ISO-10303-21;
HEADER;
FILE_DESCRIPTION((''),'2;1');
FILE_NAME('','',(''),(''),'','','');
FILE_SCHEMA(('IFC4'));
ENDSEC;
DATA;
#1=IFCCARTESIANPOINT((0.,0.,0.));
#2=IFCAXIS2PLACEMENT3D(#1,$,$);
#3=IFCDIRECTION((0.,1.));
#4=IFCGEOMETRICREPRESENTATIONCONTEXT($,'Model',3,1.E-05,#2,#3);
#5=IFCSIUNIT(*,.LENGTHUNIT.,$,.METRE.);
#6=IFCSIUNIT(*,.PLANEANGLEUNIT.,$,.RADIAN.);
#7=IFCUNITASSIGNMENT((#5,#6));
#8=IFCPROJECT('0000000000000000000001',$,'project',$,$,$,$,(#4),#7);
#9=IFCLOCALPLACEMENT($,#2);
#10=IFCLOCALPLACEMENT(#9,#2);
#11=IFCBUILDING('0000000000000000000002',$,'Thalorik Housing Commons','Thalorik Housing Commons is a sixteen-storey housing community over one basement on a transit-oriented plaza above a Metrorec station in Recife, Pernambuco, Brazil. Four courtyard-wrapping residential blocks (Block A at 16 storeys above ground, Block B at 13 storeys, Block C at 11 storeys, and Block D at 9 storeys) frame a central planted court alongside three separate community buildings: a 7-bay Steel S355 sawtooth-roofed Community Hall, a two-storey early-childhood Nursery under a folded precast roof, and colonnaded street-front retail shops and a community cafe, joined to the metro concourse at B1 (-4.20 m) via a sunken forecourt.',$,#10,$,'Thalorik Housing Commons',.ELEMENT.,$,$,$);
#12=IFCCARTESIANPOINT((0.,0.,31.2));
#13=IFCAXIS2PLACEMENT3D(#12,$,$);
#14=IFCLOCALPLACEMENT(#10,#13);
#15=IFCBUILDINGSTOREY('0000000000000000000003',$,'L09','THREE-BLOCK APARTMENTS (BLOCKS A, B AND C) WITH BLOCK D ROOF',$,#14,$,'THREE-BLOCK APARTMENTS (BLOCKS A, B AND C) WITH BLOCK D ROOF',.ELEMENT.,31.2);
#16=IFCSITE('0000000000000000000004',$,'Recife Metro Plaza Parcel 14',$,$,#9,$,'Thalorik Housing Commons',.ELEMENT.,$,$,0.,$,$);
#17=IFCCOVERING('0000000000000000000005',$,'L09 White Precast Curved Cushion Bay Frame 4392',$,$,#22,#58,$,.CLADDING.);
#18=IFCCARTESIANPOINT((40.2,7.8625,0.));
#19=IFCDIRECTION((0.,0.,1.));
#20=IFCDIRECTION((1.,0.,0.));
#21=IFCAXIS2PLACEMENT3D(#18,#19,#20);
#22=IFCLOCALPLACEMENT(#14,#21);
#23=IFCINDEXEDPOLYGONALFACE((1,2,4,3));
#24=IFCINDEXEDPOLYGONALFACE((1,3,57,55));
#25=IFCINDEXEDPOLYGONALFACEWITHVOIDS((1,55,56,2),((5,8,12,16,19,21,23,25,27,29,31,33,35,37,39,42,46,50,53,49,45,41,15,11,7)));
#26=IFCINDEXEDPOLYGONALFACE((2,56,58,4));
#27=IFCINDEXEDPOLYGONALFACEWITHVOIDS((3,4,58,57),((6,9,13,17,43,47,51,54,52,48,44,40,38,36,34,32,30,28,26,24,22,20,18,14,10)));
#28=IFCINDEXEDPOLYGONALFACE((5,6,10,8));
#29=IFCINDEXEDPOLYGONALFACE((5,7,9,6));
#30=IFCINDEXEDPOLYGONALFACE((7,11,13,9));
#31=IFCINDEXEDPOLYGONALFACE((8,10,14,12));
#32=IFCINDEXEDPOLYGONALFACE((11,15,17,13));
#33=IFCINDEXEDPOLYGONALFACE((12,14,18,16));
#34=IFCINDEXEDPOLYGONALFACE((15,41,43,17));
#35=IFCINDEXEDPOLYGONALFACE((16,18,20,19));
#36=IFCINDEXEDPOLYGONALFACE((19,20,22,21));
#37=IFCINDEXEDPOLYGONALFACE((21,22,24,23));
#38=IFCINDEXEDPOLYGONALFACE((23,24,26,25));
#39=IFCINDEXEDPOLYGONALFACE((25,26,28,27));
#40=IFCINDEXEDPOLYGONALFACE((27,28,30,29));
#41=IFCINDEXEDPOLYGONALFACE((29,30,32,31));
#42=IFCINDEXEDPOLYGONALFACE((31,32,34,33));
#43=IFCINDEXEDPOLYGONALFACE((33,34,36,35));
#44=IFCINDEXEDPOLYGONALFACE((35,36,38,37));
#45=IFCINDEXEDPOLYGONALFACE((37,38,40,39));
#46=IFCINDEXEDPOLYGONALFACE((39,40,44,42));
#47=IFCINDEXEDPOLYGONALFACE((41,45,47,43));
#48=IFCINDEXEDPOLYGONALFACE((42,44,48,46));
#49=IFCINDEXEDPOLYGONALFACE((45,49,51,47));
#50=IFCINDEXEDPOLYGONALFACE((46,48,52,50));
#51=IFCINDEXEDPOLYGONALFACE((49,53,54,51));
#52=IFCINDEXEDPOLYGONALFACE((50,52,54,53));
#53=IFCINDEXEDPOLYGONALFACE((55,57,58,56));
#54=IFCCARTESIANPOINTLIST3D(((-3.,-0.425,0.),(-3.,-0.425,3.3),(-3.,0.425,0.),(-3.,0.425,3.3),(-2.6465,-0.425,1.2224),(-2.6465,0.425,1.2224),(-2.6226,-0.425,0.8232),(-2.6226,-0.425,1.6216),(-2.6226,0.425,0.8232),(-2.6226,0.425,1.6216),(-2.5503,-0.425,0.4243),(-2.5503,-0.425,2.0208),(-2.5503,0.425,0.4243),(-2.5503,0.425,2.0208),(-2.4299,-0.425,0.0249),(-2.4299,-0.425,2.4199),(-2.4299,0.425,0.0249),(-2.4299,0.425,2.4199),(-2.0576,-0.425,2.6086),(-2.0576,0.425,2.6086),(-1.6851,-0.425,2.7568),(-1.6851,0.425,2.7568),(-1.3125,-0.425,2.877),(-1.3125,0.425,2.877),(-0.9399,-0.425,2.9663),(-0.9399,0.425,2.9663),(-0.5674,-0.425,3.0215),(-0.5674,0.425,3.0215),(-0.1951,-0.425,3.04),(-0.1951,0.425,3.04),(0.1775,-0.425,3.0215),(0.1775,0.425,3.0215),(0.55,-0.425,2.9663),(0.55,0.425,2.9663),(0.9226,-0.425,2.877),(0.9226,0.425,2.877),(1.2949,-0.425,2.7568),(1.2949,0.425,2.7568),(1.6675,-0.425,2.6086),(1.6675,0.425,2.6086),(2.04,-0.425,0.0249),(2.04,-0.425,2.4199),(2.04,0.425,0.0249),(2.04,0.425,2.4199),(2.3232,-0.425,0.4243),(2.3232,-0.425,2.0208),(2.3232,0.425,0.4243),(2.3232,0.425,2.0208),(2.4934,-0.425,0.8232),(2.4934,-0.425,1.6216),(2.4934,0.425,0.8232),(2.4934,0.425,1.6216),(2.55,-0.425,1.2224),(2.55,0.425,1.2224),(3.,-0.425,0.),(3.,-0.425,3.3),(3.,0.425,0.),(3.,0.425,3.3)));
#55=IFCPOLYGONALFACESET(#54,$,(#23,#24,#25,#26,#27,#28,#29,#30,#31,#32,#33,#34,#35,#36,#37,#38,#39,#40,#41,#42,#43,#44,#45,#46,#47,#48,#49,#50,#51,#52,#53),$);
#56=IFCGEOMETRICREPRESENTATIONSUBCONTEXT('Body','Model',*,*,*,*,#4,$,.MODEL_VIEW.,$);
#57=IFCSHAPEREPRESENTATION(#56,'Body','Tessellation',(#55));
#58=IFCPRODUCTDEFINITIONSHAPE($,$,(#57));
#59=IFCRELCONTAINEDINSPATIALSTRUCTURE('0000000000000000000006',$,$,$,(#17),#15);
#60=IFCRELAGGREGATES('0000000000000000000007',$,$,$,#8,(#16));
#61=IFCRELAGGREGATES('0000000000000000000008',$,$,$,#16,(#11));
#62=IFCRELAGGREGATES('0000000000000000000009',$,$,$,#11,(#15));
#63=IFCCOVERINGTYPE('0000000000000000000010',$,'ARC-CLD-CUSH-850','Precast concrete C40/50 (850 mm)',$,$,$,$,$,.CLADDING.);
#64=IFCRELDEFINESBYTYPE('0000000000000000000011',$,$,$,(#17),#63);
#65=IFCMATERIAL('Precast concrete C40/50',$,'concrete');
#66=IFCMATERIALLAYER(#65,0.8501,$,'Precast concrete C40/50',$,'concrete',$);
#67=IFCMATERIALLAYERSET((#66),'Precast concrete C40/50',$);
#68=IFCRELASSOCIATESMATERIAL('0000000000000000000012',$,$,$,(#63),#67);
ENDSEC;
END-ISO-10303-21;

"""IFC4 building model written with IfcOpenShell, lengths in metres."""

from ifc_helpers import new_model, si_unit, direction, frame, origin, place, context, subcontext, project, spatial, polyline, outline, extrude, material, layer, layer_set, type_object, element, save


model = new_model("IFC4")

# Units and contexts
model_context = context("Model", 3, precision=1e-05, world=origin(), true_north=direction((0.0, 1.0)))
body_context = subcontext(model_context, "Body", "Model", "MODEL_VIEW")
ifc_project = project(units=[si_unit("LENGTHUNIT", "METRE"), si_unit("PLANEANGLEUNIT", "RADIAN")], contexts=[model_context])

# Site, building, storey
site_placement = place(None, origin())
site = spatial("IfcSite", under=ifc_project, at=site_placement, Name="Recife Metro Plaza Parcel 14", LongName="Thalorik Housing Commons", CompositionType="ELEMENT", RefElevation=0.0)
building_placement = place(site_placement, origin())
building = spatial("IfcBuilding", under=site, at=building_placement, Name="Thalorik Housing Commons", Description="Thalorik Housing Commons is a sixteen-storey housing community over one basement on a transit-oriented plaza above a Metrorec station in Recife, Pernambuco, Brazil. Four courtyard-wrapping residential blocks (Block A at 16 storeys above ground, Block B at 13 storeys, Block C at 11 storeys, and Block D at 9 storeys) frame a central planted court alongside three separate community buildings: a 7-bay Steel S355 sawtooth-roofed Community Hall, a two-storey early-childhood Nursery under a folded precast roof, and colonnaded street-front retail shops and a community cafe, joined to the metro concourse at B1 (-4.20 m) via a sunken forecourt.", LongName="Thalorik Housing Commons", CompositionType="ELEMENT")
storey_placement = place(building_placement, frame((0.0, 0.0, 31.2)))
storey = spatial("IfcBuildingStorey", under=building, at=storey_placement, Name="L09", Description="THREE-BLOCK APARTMENTS (BLOCKS A, B AND C) WITH BLOCK D ROOF", LongName="THREE-BLOCK APARTMENTS (BLOCKS A, B AND C) WITH BLOCK D ROOF", CompositionType="ELEMENT", Elevation=31.2)

# Shared definitions
ifc_material_1 = material(Name="Precast concrete C40/50", Category="concrete")

# Covering
ifc_layer_1 = layer(ifc_material_1, 0.8501, Name="Precast concrete C40/50", Category="concrete")
ifc_layer_set_1 = layer_set([ifc_layer_1], Name="Precast concrete C40/50")
covering_type_1 = type_object("IfcCoveringType", Name="ARC-CLD-CUSH-850", Description="Precast concrete C40/50 (850 mm)", PredefinedType="CLADDING", material=ifc_layer_set_1)
covering_1_placement = place(storey_placement, frame((40.2, 7.8625, 0.0), z_axis=(0.0, 0.0, 1.0), x_axis=(1.0, 0.0, 0.0)))
element("IfcCovering", 1, at=covering_1_placement, inside=storey, type_object=covering_type_1, Name="L09 White Precast Curved Cushion Bay Frame 4392", PredefinedType="CLADDING", context=body_context, shape_type="SweptSolid", body=[
    extrude(outline(polyline([(-3.0, 0.0), (3.0, 0.0), (3.0, 3.3), (-3.0, 3.3), (-3.0, 0.0)]), holes=[polyline([(2.04, 0.0249), (2.3232, 0.4243), (2.4934, 0.8232), (2.55, 1.2224), (2.4934, 1.6216), (2.3232, 2.0208), (2.04, 2.4199), (1.6675, 2.6086), (1.2949, 2.7568), (0.9226, 2.877), (0.55, 2.9663), (0.1775, 3.0215), (-0.1951, 3.04), (-0.5674, 3.0215), (-0.9399, 2.9663), (-1.3125, 2.877), (-1.6851, 2.7568), (-2.0576, 2.6086), (-2.4299, 2.4199), (-2.5503, 2.0208), (-2.6226, 1.6216), (-2.6465, 1.2224), (-2.6226, 0.8232), (-2.5503, 0.4243), (-2.4299, 0.0249), (2.04, 0.0249)])]), frame((0.0, 0.425, 0.0), z_axis=(0.0, -1.0, 0.0), x_axis=(1.0, 0.0, 0.0)), (0.0, 0.0, 1.0), 0.8501),
])

save(model, "model.ifc")
